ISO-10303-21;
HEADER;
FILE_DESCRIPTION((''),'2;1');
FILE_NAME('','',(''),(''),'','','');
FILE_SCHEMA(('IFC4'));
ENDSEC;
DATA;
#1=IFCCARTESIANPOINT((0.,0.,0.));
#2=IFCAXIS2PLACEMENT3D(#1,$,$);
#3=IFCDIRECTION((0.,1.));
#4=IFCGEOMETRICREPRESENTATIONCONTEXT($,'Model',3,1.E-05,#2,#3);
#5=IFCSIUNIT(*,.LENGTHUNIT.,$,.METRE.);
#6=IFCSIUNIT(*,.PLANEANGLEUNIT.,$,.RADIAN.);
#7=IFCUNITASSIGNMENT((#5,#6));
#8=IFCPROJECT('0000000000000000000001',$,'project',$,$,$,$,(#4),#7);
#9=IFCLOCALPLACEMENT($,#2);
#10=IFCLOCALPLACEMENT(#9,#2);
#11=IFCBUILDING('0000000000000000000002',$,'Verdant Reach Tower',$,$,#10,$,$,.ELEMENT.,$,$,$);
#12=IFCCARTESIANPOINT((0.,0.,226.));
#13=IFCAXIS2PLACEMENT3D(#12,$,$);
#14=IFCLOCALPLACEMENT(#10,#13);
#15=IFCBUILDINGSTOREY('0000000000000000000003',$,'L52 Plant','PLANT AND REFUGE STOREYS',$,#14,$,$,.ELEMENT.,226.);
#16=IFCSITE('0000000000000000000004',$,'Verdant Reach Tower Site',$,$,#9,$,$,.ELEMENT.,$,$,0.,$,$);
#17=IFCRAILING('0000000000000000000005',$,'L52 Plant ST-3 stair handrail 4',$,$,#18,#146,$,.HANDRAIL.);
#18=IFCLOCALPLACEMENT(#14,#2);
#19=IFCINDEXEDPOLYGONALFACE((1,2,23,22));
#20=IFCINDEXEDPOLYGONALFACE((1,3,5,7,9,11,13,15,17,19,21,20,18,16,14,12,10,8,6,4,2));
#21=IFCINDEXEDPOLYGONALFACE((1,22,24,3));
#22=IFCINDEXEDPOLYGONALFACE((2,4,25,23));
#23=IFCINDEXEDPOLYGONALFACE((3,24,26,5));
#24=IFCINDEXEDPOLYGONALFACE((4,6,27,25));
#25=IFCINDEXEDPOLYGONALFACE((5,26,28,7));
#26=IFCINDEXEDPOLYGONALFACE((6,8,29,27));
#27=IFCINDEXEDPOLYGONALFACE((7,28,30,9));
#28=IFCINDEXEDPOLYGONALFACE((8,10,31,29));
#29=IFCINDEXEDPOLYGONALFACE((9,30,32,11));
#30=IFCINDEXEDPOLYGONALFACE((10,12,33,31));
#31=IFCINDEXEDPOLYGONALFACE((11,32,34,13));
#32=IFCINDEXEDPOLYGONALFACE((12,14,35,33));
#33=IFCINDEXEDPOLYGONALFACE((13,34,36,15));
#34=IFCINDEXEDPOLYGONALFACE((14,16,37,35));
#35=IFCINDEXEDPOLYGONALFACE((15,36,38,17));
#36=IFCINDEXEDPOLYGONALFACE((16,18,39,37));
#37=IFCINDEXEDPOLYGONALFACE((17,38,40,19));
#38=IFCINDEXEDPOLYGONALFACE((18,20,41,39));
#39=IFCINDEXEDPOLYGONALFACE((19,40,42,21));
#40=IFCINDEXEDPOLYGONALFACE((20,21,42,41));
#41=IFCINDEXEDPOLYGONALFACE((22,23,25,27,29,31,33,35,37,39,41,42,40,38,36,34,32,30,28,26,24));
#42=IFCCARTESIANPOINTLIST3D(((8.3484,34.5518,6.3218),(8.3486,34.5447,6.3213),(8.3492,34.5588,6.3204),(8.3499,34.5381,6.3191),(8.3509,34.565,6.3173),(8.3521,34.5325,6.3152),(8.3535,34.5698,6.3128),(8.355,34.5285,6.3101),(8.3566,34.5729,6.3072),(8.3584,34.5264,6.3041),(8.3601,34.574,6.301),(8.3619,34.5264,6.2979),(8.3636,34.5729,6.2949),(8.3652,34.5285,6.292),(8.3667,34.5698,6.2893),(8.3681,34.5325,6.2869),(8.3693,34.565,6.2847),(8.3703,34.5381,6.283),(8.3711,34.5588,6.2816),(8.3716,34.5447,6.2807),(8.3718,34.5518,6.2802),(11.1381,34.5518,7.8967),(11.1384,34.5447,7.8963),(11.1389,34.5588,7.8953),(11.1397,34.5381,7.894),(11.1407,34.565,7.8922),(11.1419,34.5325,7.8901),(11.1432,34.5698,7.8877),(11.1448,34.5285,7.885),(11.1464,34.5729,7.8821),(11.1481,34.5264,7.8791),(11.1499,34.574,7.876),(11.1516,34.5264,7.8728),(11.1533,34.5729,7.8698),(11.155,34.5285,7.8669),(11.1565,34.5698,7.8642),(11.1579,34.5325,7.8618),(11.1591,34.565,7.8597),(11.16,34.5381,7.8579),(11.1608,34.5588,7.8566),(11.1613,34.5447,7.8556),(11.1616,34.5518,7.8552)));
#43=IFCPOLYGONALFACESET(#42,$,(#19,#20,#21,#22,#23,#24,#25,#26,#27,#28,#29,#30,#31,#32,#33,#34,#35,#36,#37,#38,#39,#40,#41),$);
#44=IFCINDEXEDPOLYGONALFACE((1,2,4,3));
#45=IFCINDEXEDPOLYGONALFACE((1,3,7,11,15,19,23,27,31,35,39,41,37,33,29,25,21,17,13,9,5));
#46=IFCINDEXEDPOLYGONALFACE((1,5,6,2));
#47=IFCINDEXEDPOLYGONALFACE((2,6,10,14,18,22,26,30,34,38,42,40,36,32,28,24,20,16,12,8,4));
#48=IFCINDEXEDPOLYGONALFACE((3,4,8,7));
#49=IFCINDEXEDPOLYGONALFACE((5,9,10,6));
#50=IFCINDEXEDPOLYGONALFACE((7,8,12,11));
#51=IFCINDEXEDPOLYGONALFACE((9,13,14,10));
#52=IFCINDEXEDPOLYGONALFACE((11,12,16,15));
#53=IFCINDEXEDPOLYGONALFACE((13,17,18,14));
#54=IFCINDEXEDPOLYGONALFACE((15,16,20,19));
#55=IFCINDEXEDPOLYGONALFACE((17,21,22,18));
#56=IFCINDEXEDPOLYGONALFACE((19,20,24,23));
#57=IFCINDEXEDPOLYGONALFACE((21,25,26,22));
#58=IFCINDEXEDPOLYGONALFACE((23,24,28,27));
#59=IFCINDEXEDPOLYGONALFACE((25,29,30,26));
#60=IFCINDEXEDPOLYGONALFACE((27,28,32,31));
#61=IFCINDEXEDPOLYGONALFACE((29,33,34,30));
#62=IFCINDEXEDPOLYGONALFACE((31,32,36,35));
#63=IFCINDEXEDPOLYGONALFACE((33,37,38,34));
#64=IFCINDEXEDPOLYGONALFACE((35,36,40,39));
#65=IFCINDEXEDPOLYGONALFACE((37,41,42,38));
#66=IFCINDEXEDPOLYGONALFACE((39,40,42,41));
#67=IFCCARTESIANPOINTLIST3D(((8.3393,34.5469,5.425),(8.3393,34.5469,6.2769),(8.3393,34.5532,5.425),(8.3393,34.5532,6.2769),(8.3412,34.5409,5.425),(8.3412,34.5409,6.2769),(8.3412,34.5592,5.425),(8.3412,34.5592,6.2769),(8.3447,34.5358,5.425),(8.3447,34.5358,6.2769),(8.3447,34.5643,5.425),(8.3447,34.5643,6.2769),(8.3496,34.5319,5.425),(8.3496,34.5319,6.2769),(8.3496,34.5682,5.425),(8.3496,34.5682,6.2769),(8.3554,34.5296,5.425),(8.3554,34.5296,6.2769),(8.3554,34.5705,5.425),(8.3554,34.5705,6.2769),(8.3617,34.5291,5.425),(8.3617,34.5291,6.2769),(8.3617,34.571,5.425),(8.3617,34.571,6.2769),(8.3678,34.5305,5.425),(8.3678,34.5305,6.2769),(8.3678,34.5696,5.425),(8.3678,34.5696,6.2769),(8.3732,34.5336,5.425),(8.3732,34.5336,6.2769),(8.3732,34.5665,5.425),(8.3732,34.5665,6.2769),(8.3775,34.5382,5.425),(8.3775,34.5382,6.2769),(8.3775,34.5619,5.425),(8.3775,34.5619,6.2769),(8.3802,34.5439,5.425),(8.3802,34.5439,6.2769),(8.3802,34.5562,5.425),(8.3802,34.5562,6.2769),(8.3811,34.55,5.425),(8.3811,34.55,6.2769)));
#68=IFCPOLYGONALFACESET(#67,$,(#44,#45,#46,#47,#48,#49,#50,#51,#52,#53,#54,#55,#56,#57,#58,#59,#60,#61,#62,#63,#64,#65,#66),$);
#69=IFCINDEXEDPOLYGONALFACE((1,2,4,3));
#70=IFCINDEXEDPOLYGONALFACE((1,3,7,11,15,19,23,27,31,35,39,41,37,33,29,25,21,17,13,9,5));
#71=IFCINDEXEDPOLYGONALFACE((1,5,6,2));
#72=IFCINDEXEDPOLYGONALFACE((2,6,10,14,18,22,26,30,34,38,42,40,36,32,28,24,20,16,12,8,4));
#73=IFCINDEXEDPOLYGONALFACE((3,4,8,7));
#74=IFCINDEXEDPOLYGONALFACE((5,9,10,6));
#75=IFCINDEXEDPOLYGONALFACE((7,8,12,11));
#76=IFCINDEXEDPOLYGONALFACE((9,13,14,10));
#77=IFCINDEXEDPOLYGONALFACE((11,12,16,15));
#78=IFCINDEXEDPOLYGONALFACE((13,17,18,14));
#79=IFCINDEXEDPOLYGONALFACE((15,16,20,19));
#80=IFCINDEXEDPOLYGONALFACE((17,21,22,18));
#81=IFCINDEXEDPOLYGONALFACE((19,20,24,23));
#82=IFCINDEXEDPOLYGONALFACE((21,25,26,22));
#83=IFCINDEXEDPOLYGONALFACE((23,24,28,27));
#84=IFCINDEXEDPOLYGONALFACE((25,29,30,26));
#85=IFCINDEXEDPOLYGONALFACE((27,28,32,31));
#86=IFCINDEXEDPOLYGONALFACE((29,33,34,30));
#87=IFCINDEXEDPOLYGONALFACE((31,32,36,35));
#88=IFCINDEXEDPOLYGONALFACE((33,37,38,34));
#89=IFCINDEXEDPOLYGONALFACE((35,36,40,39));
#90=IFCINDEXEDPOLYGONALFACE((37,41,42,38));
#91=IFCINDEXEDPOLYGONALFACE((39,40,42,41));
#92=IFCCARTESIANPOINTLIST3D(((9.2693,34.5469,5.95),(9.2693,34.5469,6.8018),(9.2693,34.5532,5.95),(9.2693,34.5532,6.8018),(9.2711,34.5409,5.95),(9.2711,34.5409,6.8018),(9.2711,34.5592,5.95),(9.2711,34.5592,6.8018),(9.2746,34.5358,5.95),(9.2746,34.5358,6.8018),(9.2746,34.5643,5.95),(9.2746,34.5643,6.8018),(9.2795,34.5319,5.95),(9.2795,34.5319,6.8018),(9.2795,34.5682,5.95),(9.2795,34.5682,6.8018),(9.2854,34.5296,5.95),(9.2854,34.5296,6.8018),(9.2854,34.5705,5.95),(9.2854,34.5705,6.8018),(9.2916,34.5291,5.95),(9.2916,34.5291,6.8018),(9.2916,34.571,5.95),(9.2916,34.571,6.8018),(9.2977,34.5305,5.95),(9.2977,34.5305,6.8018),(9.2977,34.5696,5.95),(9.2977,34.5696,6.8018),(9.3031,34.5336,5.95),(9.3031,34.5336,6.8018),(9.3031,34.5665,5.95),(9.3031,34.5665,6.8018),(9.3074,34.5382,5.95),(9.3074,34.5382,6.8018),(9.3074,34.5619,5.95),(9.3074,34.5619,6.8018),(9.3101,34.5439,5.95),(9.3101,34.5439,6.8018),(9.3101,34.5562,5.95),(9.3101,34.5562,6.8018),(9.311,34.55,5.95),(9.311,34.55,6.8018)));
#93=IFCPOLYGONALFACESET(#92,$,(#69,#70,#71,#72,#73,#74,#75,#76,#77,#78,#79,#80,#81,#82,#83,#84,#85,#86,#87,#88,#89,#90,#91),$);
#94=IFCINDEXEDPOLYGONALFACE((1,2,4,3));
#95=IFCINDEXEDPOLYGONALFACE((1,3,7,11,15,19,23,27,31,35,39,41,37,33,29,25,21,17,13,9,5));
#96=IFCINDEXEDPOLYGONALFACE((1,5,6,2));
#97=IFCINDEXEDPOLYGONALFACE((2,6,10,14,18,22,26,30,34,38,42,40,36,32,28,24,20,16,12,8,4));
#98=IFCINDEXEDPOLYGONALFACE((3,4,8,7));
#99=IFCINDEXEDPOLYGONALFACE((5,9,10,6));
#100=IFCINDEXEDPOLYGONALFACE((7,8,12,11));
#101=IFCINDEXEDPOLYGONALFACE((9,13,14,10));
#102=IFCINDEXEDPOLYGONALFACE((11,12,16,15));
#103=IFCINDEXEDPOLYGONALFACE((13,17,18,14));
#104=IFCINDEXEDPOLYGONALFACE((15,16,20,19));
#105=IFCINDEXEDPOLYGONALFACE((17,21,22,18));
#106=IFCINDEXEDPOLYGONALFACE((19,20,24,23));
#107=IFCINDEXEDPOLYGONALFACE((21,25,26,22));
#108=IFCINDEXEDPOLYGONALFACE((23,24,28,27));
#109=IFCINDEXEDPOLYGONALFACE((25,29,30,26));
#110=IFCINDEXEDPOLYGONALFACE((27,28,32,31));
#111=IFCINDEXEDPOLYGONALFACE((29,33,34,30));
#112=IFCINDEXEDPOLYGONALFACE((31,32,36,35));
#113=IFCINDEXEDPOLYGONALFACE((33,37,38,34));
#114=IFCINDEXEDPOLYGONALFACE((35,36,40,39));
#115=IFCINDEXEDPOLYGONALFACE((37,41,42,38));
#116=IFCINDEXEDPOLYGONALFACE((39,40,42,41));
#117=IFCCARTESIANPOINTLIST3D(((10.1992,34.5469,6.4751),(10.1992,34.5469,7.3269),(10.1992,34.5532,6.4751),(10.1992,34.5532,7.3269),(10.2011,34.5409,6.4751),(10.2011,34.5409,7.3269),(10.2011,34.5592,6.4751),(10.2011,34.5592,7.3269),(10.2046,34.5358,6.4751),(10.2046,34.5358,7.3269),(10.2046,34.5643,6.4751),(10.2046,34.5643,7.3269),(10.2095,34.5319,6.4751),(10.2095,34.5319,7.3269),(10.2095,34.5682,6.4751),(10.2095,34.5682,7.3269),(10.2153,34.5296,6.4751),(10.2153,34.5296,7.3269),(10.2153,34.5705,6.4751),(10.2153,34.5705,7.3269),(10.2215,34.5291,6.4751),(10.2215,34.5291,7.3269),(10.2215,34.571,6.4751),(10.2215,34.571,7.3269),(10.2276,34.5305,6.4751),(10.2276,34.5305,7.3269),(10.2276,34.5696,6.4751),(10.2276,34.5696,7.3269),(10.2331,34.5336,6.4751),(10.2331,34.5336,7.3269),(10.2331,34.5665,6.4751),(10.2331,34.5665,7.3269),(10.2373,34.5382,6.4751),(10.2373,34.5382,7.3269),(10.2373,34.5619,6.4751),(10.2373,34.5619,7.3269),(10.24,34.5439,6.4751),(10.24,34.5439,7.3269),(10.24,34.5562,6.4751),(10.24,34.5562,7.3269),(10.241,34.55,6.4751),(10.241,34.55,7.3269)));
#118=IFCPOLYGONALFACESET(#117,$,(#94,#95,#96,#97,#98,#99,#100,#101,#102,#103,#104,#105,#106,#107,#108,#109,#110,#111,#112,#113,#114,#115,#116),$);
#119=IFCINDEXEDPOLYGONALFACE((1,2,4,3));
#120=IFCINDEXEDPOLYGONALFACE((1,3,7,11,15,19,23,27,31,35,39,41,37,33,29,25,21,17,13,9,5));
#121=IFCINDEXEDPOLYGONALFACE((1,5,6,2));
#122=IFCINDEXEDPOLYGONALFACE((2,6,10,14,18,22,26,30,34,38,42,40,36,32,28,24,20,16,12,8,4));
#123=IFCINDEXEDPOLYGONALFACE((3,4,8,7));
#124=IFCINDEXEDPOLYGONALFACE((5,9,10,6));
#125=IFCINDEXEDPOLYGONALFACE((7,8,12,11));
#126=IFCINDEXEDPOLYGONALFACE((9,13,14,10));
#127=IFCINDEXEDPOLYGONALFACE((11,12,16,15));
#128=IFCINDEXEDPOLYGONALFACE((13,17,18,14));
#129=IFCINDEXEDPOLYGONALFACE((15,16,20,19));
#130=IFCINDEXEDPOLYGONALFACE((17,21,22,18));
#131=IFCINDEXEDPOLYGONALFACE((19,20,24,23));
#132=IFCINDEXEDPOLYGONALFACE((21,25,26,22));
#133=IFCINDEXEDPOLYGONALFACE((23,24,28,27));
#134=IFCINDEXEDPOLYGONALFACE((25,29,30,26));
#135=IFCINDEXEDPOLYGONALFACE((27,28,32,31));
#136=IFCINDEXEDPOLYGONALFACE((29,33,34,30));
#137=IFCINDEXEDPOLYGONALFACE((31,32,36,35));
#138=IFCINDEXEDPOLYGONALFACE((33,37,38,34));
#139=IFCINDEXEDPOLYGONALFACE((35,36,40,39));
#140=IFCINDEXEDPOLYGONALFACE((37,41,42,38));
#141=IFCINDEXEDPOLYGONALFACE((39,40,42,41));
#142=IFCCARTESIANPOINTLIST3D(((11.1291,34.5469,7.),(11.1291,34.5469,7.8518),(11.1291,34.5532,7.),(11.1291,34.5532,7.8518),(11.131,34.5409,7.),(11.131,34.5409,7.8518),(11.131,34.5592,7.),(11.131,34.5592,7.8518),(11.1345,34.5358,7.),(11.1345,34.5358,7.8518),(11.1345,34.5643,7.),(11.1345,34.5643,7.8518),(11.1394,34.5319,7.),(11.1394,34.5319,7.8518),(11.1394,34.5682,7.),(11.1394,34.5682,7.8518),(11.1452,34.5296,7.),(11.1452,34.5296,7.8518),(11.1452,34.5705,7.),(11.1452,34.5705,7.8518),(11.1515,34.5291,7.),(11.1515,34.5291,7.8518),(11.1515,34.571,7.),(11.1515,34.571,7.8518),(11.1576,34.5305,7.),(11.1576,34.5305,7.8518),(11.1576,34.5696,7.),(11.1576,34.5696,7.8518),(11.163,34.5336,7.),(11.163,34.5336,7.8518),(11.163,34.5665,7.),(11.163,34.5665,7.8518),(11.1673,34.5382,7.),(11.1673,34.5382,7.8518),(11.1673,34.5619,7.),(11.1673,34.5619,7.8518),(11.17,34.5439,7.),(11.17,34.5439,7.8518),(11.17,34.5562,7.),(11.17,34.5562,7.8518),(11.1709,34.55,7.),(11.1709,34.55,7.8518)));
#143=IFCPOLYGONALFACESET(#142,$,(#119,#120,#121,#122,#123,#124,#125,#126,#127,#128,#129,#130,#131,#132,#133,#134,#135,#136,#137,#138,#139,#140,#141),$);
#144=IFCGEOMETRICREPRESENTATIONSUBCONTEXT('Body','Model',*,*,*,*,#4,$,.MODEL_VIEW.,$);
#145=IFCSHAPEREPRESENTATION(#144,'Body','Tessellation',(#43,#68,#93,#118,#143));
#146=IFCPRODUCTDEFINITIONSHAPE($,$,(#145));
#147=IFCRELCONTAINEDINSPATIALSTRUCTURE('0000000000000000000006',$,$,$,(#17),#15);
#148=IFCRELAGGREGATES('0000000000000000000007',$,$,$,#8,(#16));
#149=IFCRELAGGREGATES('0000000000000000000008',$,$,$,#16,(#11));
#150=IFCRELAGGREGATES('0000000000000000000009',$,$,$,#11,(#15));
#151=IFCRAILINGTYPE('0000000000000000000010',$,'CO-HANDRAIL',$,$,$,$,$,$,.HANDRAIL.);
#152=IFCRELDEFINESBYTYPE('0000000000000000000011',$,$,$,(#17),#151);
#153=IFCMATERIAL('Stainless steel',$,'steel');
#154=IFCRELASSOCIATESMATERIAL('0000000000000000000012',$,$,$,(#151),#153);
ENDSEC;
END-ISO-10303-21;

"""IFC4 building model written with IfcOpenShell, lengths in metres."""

from ifc_helpers import new_model, si_unit, direction, frame, origin, origin_2d, place, context, subcontext, project, spatial, circle, extrude, material, type_object, element, save


model = new_model("IFC4")

# Units and contexts
model_context = context("Model", 3, precision=1e-05, world=origin(), true_north=direction((0.0, 1.0)))
body_context = subcontext(model_context, "Body", "Model", "MODEL_VIEW")
ifc_project = project(units=[si_unit("LENGTHUNIT", "METRE"), si_unit("PLANEANGLEUNIT", "RADIAN")], contexts=[model_context])

# Site, building, storey
site_placement = place(None, origin())
site = spatial("IfcSite", under=ifc_project, at=site_placement, Name="Verdant Reach Tower Site", CompositionType="ELEMENT", RefElevation=0.0)
building_placement = place(site_placement, origin())
building = spatial("IfcBuilding", under=site, at=building_placement, Name="Verdant Reach Tower", CompositionType="ELEMENT")
storey_placement = place(building_placement, frame((0.0, 0.0, 226.0)))
storey = spatial("IfcBuildingStorey", under=building, at=storey_placement, Name="L52 Plant", Description="PLANT AND REFUGE STOREYS", CompositionType="ELEMENT", Elevation=226.0)

# Railing
ifc_material_1 = material(Name="Stainless steel", Category="steel")
railing_type_1 = type_object("IfcRailingType", Name="CO-HANDRAIL", PredefinedType="HANDRAIL", material=ifc_material_1)
for number, where, name in (
    (1, (8.3601, 34.55, 5.425), "L52 Plant ST-3 stair handrail 4"),
):
    element("IfcRailing", number, at=place(storey_placement, frame(where)), inside=storey, type_object=railing_type_1, Name=name, PredefinedType="HANDRAIL", context=body_context, shape_type="SweptSolid", body=[
        extrude(circle(Radius=0.0239, at=origin_2d()), frame((0.0, 0.0, 0.876), z_axis=(0.870815, 0.0, 0.49161), x_axis=(0.0, 1.0, 0.0)), (0.0, 0.0, 1.0), 3.2036),
        extrude(circle(Radius=0.021, at=origin_2d()), origin(), (0.0, 0.0, 1.0), 0.8518),
        extrude(circle(Radius=0.021, at=origin_2d()), frame((0.9299, 0.0, 0.5249)), (0.0, 0.0, 1.0), 0.8518),
        extrude(circle(Radius=0.021, at=origin_2d()), frame((1.8599, 0.0, 1.05)), (0.0, 0.0, 1.0), 0.8518),
        extrude(circle(Radius=0.021, at=origin_2d()), frame((2.7898, 0.0, 1.575)), (0.0, 0.0, 1.0), 0.8518),
    ])

save(model, "model.ifc")
